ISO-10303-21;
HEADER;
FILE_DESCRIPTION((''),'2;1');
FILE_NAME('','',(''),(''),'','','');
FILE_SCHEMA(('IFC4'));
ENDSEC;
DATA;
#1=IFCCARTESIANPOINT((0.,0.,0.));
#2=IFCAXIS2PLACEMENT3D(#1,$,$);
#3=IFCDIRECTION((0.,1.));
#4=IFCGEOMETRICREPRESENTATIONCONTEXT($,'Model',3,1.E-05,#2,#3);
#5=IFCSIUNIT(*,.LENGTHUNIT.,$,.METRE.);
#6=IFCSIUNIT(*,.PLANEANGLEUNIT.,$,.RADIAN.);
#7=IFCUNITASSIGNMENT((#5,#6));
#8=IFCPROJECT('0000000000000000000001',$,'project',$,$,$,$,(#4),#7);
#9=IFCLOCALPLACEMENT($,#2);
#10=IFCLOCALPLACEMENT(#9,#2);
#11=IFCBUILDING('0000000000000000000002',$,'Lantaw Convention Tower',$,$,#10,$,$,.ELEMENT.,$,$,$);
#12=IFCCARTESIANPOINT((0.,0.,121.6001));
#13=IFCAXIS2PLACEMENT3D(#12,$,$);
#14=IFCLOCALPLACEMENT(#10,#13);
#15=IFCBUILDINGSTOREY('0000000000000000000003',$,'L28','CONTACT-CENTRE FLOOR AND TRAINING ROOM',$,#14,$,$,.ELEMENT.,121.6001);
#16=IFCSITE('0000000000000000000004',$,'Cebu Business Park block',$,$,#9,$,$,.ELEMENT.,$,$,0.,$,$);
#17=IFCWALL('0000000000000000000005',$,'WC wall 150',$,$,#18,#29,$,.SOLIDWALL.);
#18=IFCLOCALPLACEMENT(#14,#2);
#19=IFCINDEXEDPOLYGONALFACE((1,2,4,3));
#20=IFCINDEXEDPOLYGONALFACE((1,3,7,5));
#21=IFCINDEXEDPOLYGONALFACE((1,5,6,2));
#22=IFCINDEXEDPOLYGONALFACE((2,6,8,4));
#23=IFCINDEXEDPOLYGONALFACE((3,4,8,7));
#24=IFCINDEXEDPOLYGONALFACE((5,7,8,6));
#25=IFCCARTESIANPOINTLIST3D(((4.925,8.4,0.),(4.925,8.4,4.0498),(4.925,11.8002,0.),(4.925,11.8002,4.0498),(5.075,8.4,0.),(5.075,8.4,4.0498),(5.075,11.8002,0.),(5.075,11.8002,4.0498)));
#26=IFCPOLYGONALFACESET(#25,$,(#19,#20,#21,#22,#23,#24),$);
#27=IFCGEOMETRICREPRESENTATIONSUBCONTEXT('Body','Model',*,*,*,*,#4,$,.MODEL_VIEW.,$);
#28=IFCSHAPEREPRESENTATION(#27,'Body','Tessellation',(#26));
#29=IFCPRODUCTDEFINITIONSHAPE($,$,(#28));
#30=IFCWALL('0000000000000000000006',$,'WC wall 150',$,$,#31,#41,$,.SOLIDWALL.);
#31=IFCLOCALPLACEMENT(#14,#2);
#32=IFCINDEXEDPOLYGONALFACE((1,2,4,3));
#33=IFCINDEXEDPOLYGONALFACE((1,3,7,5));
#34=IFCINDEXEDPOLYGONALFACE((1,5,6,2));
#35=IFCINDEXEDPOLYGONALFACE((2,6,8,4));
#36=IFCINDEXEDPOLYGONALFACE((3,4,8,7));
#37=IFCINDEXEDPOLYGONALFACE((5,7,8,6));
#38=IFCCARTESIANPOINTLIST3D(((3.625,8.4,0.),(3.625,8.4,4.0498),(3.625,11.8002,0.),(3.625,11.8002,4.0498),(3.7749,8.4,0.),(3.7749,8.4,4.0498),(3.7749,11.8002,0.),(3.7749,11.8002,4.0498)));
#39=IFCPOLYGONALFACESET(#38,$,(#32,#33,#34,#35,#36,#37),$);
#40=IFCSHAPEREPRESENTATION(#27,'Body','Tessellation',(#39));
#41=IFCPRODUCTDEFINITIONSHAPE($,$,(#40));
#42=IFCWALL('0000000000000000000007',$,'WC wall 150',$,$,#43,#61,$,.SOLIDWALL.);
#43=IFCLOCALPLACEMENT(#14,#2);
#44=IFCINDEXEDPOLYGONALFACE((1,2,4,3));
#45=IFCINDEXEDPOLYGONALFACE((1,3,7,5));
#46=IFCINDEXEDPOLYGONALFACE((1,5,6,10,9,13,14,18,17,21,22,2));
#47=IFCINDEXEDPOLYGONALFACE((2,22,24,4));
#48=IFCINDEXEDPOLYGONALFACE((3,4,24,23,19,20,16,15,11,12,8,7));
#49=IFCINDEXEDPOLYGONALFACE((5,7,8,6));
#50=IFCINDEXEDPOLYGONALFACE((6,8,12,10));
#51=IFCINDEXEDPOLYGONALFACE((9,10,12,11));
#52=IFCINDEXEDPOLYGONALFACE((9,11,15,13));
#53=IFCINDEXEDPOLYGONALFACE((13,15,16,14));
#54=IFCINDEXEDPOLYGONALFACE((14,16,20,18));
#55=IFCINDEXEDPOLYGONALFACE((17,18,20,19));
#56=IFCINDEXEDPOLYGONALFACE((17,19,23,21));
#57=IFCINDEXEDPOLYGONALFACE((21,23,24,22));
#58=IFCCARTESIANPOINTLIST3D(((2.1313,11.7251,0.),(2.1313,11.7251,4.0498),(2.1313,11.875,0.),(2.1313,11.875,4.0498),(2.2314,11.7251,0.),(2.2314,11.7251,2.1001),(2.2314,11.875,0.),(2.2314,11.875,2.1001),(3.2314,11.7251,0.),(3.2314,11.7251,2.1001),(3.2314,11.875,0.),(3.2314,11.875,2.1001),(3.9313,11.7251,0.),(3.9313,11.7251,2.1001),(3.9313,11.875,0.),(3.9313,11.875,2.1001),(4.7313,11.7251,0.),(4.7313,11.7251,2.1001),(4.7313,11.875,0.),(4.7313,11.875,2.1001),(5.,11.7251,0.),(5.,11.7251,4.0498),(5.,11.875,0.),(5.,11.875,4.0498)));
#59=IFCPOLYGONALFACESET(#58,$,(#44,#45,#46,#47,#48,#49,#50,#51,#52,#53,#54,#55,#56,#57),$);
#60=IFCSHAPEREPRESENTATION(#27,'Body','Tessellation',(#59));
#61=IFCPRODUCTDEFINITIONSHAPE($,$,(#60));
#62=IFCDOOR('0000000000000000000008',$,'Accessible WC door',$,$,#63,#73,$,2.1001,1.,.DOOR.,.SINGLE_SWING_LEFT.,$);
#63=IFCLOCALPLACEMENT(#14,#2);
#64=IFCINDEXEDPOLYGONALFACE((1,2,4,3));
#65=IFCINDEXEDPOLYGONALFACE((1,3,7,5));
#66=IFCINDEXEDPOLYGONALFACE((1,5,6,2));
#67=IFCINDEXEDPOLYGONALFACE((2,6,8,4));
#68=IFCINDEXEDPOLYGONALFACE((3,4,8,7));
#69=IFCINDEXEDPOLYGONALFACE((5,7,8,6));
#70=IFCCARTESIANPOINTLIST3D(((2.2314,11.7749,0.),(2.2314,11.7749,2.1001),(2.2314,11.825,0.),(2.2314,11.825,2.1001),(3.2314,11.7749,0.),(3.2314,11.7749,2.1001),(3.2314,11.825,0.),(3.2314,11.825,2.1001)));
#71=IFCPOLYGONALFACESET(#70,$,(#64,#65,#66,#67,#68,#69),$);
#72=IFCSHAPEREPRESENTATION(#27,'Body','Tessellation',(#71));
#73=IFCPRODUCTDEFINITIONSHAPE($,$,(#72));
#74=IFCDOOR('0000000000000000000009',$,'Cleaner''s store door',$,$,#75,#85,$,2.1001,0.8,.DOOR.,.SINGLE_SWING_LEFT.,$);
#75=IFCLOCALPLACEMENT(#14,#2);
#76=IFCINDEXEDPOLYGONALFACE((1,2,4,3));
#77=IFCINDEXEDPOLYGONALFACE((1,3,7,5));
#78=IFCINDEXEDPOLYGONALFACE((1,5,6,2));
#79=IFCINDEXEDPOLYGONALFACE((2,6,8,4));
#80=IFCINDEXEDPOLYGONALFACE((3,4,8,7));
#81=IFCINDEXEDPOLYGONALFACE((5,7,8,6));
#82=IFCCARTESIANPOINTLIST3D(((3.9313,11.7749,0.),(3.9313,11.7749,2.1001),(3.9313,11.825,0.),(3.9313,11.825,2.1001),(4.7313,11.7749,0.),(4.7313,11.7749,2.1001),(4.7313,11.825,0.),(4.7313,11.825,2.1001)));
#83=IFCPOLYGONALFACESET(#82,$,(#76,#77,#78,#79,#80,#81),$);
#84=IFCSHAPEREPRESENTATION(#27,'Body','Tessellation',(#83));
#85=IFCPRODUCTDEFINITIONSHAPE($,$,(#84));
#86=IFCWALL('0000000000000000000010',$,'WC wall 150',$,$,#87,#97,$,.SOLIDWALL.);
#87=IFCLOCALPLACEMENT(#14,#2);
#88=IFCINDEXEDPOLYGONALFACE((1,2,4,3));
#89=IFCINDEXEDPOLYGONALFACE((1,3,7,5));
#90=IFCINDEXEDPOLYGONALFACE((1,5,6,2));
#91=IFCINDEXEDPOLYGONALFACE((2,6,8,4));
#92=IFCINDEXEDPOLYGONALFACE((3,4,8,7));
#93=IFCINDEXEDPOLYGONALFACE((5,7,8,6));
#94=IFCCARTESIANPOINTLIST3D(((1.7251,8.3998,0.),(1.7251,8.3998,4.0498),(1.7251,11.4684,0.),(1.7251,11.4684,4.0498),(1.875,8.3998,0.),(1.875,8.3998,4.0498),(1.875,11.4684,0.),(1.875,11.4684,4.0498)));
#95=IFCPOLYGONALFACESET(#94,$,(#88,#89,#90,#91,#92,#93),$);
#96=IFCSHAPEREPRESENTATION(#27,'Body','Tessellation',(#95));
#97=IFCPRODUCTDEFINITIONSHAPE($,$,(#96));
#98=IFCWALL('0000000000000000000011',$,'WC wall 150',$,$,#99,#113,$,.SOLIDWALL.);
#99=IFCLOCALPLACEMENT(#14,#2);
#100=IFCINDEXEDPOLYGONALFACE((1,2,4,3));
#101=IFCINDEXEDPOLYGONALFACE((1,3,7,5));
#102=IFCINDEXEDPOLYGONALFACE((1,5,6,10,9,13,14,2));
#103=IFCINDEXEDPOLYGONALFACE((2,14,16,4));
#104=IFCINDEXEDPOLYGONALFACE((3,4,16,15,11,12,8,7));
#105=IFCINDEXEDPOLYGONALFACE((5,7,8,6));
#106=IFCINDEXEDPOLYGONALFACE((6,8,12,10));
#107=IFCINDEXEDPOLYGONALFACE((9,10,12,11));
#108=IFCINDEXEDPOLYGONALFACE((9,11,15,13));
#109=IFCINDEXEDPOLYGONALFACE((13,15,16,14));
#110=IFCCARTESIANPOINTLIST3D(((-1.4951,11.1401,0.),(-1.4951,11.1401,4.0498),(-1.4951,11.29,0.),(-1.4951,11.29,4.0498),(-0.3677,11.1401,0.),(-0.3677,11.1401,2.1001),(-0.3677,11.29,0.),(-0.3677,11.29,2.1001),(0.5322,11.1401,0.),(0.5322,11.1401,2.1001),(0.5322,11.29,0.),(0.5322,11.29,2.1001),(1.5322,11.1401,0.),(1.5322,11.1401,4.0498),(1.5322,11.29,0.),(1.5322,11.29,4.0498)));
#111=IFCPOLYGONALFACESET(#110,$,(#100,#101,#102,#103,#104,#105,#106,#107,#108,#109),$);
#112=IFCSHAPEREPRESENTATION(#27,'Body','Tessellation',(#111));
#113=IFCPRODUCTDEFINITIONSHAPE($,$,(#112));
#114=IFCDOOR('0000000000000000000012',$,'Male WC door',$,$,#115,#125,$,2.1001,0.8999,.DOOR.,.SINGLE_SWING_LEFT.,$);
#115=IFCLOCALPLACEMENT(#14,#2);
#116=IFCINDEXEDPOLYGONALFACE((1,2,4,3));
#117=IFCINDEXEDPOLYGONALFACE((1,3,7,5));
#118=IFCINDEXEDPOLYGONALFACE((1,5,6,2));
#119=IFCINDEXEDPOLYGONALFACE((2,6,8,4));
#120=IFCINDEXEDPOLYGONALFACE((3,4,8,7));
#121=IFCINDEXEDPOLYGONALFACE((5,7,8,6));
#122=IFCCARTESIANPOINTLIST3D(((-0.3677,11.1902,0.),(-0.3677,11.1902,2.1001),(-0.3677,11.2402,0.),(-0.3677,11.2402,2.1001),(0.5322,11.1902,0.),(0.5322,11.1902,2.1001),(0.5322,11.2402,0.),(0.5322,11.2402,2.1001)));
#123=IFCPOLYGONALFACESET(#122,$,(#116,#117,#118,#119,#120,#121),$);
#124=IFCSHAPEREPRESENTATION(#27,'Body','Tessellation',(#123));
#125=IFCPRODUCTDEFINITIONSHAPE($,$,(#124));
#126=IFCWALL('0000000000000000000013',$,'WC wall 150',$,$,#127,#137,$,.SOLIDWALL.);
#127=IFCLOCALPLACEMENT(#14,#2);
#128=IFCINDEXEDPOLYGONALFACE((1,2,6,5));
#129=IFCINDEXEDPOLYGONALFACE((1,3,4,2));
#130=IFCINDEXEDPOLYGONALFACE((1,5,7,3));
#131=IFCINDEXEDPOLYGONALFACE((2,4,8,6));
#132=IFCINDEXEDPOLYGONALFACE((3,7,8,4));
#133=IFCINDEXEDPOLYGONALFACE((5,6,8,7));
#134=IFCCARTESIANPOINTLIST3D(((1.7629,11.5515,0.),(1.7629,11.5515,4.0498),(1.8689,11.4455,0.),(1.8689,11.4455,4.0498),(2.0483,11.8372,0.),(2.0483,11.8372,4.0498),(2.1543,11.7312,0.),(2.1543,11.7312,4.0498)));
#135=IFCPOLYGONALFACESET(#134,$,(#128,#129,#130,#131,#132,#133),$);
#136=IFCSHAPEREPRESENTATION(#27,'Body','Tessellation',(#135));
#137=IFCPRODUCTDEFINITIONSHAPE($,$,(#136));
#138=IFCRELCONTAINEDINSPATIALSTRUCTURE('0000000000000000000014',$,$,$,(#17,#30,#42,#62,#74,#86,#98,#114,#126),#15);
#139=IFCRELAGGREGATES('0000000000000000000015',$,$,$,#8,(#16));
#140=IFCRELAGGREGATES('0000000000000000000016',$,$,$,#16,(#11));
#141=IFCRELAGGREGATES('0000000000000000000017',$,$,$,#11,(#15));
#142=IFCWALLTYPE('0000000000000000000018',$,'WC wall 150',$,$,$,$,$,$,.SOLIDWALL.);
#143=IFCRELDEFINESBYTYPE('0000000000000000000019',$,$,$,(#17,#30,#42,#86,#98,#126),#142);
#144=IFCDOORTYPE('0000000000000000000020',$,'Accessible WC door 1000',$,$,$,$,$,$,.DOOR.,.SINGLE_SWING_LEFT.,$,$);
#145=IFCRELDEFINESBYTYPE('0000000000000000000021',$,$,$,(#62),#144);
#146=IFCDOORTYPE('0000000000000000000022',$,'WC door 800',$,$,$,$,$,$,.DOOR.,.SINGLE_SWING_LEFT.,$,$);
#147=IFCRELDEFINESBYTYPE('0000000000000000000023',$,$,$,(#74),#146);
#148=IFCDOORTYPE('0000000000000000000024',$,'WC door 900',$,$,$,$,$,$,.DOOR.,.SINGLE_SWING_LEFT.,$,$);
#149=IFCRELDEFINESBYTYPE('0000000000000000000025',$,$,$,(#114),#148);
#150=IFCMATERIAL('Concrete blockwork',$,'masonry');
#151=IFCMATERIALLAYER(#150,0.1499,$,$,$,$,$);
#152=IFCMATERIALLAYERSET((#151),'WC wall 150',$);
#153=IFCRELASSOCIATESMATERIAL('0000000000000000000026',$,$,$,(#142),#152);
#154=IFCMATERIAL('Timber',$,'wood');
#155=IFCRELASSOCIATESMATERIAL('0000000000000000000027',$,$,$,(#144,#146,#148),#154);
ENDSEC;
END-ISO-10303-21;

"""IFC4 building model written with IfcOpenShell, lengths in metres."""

from ifc_helpers import new_model, si_unit, direction, frame, frame_2d, origin, place, context, subcontext, project, spatial, rectangle, extrude, material, layer, layer_set, type_object, element, fill, save


model = new_model("IFC4")

# Units and contexts
model_context = context("Model", 3, precision=1e-05, world=origin(), true_north=direction((0.0, 1.0)))
body_context = subcontext(model_context, "Body", "Model", "MODEL_VIEW")
ifc_project = project(units=[si_unit("LENGTHUNIT", "METRE"), si_unit("PLANEANGLEUNIT", "RADIAN")], contexts=[model_context])

# Site, building, storey
site_placement = place(None, origin())
site = spatial("IfcSite", under=ifc_project, at=site_placement, Name="Cebu Business Park block", CompositionType="ELEMENT", RefElevation=0.0)
building_placement = place(site_placement, origin())
building = spatial("IfcBuilding", under=site, at=building_placement, Name="Lantaw Convention Tower", CompositionType="ELEMENT")
storey_placement = place(building_placement, frame((0.0, 0.0, 121.6001)))
storey = spatial("IfcBuildingStorey", under=building, at=storey_placement, Name="L28", Description="CONTACT-CENTRE FLOOR AND TRAINING ROOM", CompositionType="ELEMENT", Elevation=121.6001)

# Walls
ifc_material_1 = material(Name="Concrete blockwork", Category="masonry")
ifc_layer_1 = layer(ifc_material_1, 0.1499)
ifc_layer_set_1 = layer_set([ifc_layer_1], Name="WC wall 150")
wall_type_1 = type_object("IfcWallType", Name="WC wall 150", PredefinedType="SOLIDWALL", material=ifc_layer_set_1)
for number, where, z_axis, x_axis, name in (
    (1, (5.0, 8.3999, 0.0), (0.0, 0.0, 1.0), (0.0, 1.0, 0.0), "WC wall 150"),
    (2, (3.7, 8.3999, 0.0), (0.0, 0.0, 1.0), (0.0, 1.0, 0.0), "WC wall 150"),
):
    element("IfcWall", number, at=place(storey_placement, frame(where, z_axis=z_axis, x_axis=x_axis)), inside=storey, type_object=wall_type_1, Name=name, PredefinedType="SOLIDWALL", context=body_context, shape_type="SweptSolid", body=[
        extrude(rectangle(XDim=3.4001, YDim=0.1499, at=frame_2d((1.7002, 0.0))), origin(), (0.0, 0.0, 1.0), 4.0498),
    ])

# Wall, openings, doors
wall_1_placement = place(storey_placement, frame((2.1313, 11.8, 0.0), z_axis=(0.0, 0.0, 1.0), x_axis=(1.0, 0.0, 0.0)))
wall_1 = element("IfcWall", 3, at=wall_1_placement, inside=storey, type_object=wall_type_1, Name="WC wall 150", PredefinedType="SOLIDWALL", context=body_context, shape_type="SweptSolid", body=[
    extrude(rectangle(XDim=2.8687, YDim=0.1499, at=frame_2d((1.4343, 0.0))), origin(), (0.0, 0.0, 1.0), 4.0498),
])
opening_1_placement = place(wall_1_placement, frame((0.1001, 0.0, 0.0)))
opening_1 = element("IfcOpeningElement", 4, at=opening_1_placement, cuts=wall_1, PredefinedType="OPENING", context=body_context, shape_type="SweptSolid", body=[
    extrude(rectangle(XDim=1.0, YDim=2.1001, at=frame_2d((0.5, 1.05))), frame((0.0, 0.085, 0.0), z_axis=(0.0, -1.0, 0.0), x_axis=(1.0, 0.0, 0.0)), (0.0, 0.0, 1.0), 0.1699),
])
opening_2_placement = place(wall_1_placement, frame((1.8, 0.0, 0.0)))
opening_2 = element("IfcOpeningElement", 5, at=opening_2_placement, cuts=wall_1, PredefinedType="OPENING", context=body_context, shape_type="SweptSolid", body=[
    extrude(rectangle(XDim=0.8, YDim=2.1001, at=frame_2d((0.3999, 1.05))), frame((0.0, 0.085, 0.0), z_axis=(0.0, -1.0, 0.0), x_axis=(1.0, 0.0, 0.0)), (0.0, 0.0, 1.0), 0.1699),
])
ifc_material_2 = material(Name="Timber", Category="wood")
door_type_1 = type_object("IfcDoorType", Name="Accessible WC door 1000", OperationType="SINGLE_SWING_LEFT", PredefinedType="DOOR", material=ifc_material_2)
door_1_placement = place(opening_1_placement, origin())
door_1 = element("IfcDoor", 6, at=door_1_placement, inside=storey, type_object=door_type_1, Name="Accessible WC door", OperationType="SINGLE_SWING_LEFT", OverallHeight=2.1001, OverallWidth=1.0, PredefinedType="DOOR", context=body_context, shape_type="SweptSolid", body=[
    extrude(rectangle(XDim=1.0, YDim=2.1001, at=frame_2d((0.5, 1.05))), frame((0.0, 0.0249, 0.0), z_axis=(0.0, -1.0, 0.0), x_axis=(1.0, 0.0, 0.0)), (0.0, 0.0, 1.0), 0.05),
])
fill(opening_1, door_1)
door_type_2 = type_object("IfcDoorType", Name="WC door 800", OperationType="SINGLE_SWING_LEFT", PredefinedType="DOOR", material=ifc_material_2)
door_2_placement = place(opening_2_placement, origin())
door_2 = element("IfcDoor", 7, at=door_2_placement, inside=storey, type_object=door_type_2, Name="Cleaner's store door", OperationType="SINGLE_SWING_LEFT", OverallHeight=2.1001, OverallWidth=0.8, PredefinedType="DOOR", context=body_context, shape_type="SweptSolid", body=[
    extrude(rectangle(XDim=0.8, YDim=2.1001, at=frame_2d((0.3999, 1.05))), frame((0.0, 0.0249, 0.0), z_axis=(0.0, -1.0, 0.0), x_axis=(1.0, 0.0, 0.0)), (0.0, 0.0, 1.0), 0.05),
])
fill(opening_2, door_2)

# Wall
wall_2_placement = place(storey_placement, frame((1.8, 8.3999, 0.0), z_axis=(0.0, 0.0, 1.0), x_axis=(0.0, 1.0, 0.0)))
element("IfcWall", 8, at=wall_2_placement, inside=storey, type_object=wall_type_1, Name="WC wall 150", PredefinedType="SOLIDWALL", context=body_context, shape_type="SweptSolid", body=[
    extrude(rectangle(XDim=3.0686, YDim=0.1499, at=frame_2d((1.5342, 0.0))), origin(), (0.0, 0.0, 1.0), 4.0498),
])

# Wall, opening, door
wall_3_placement = place(storey_placement, frame((1.5322, 11.2151, 0.0), z_axis=(0.0, 0.0, 1.0), x_axis=(-1.0, 0.0, 0.0)))
wall_3 = element("IfcWall", 9, at=wall_3_placement, inside=storey, type_object=wall_type_1, Name="WC wall 150", PredefinedType="SOLIDWALL", context=body_context, shape_type="SweptSolid", body=[
    extrude(rectangle(XDim=3.0273, YDim=0.1499, at=frame_2d((1.5137, 0.0))), origin(), (0.0, 0.0, 1.0), 4.0498),
])
opening_3_placement = place(wall_3_placement, frame((1.0, 0.0, 0.0)))
opening_3 = element("IfcOpeningElement", 10, at=opening_3_placement, cuts=wall_3, PredefinedType="OPENING", context=body_context, shape_type="SweptSolid", body=[
    extrude(rectangle(XDim=0.8999, YDim=2.1001, at=frame_2d((0.45, 1.05))), frame((0.0, 0.085, 0.0), z_axis=(0.0, -1.0, 0.0), x_axis=(1.0, 0.0, 0.0)), (0.0, 0.0, 1.0), 0.1699),
])
door_type_3 = type_object("IfcDoorType", Name="WC door 900", OperationType="SINGLE_SWING_LEFT", PredefinedType="DOOR", material=ifc_material_2)
door_3_placement = place(opening_3_placement, origin())
door_3 = element("IfcDoor", 11, at=door_3_placement, inside=storey, type_object=door_type_3, Name="Male WC door", OperationType="SINGLE_SWING_LEFT", OverallHeight=2.1001, OverallWidth=0.8999, PredefinedType="DOOR", context=body_context, shape_type="SweptSolid", body=[
    extrude(rectangle(XDim=0.8999, YDim=2.1001, at=frame_2d((0.45, 1.05))), frame((0.0, 0.0249, 0.0), z_axis=(0.0, -1.0, 0.0), x_axis=(1.0, 0.0, 0.0)), (0.0, 0.0, 1.0), 0.05),
])
fill(opening_3, door_3)

# Wall
wall_4_placement = place(storey_placement, frame((2.1013, 11.7842, 0.0), z_axis=(0.0, 0.0, 1.0), x_axis=(-0.706804, -0.707409, 0.0)))
element("IfcWall", 12, at=wall_4_placement, inside=storey, type_object=wall_type_1, Name="WC wall 150", PredefinedType="SOLIDWALL", context=body_context, shape_type="SweptSolid", body=[
    extrude(rectangle(XDim=0.4038, YDim=0.1499, at=frame_2d((0.2019, 0.0))), origin(), (0.0, 0.0, 1.0), 4.0498),
])

save(model, "model.ifc")
